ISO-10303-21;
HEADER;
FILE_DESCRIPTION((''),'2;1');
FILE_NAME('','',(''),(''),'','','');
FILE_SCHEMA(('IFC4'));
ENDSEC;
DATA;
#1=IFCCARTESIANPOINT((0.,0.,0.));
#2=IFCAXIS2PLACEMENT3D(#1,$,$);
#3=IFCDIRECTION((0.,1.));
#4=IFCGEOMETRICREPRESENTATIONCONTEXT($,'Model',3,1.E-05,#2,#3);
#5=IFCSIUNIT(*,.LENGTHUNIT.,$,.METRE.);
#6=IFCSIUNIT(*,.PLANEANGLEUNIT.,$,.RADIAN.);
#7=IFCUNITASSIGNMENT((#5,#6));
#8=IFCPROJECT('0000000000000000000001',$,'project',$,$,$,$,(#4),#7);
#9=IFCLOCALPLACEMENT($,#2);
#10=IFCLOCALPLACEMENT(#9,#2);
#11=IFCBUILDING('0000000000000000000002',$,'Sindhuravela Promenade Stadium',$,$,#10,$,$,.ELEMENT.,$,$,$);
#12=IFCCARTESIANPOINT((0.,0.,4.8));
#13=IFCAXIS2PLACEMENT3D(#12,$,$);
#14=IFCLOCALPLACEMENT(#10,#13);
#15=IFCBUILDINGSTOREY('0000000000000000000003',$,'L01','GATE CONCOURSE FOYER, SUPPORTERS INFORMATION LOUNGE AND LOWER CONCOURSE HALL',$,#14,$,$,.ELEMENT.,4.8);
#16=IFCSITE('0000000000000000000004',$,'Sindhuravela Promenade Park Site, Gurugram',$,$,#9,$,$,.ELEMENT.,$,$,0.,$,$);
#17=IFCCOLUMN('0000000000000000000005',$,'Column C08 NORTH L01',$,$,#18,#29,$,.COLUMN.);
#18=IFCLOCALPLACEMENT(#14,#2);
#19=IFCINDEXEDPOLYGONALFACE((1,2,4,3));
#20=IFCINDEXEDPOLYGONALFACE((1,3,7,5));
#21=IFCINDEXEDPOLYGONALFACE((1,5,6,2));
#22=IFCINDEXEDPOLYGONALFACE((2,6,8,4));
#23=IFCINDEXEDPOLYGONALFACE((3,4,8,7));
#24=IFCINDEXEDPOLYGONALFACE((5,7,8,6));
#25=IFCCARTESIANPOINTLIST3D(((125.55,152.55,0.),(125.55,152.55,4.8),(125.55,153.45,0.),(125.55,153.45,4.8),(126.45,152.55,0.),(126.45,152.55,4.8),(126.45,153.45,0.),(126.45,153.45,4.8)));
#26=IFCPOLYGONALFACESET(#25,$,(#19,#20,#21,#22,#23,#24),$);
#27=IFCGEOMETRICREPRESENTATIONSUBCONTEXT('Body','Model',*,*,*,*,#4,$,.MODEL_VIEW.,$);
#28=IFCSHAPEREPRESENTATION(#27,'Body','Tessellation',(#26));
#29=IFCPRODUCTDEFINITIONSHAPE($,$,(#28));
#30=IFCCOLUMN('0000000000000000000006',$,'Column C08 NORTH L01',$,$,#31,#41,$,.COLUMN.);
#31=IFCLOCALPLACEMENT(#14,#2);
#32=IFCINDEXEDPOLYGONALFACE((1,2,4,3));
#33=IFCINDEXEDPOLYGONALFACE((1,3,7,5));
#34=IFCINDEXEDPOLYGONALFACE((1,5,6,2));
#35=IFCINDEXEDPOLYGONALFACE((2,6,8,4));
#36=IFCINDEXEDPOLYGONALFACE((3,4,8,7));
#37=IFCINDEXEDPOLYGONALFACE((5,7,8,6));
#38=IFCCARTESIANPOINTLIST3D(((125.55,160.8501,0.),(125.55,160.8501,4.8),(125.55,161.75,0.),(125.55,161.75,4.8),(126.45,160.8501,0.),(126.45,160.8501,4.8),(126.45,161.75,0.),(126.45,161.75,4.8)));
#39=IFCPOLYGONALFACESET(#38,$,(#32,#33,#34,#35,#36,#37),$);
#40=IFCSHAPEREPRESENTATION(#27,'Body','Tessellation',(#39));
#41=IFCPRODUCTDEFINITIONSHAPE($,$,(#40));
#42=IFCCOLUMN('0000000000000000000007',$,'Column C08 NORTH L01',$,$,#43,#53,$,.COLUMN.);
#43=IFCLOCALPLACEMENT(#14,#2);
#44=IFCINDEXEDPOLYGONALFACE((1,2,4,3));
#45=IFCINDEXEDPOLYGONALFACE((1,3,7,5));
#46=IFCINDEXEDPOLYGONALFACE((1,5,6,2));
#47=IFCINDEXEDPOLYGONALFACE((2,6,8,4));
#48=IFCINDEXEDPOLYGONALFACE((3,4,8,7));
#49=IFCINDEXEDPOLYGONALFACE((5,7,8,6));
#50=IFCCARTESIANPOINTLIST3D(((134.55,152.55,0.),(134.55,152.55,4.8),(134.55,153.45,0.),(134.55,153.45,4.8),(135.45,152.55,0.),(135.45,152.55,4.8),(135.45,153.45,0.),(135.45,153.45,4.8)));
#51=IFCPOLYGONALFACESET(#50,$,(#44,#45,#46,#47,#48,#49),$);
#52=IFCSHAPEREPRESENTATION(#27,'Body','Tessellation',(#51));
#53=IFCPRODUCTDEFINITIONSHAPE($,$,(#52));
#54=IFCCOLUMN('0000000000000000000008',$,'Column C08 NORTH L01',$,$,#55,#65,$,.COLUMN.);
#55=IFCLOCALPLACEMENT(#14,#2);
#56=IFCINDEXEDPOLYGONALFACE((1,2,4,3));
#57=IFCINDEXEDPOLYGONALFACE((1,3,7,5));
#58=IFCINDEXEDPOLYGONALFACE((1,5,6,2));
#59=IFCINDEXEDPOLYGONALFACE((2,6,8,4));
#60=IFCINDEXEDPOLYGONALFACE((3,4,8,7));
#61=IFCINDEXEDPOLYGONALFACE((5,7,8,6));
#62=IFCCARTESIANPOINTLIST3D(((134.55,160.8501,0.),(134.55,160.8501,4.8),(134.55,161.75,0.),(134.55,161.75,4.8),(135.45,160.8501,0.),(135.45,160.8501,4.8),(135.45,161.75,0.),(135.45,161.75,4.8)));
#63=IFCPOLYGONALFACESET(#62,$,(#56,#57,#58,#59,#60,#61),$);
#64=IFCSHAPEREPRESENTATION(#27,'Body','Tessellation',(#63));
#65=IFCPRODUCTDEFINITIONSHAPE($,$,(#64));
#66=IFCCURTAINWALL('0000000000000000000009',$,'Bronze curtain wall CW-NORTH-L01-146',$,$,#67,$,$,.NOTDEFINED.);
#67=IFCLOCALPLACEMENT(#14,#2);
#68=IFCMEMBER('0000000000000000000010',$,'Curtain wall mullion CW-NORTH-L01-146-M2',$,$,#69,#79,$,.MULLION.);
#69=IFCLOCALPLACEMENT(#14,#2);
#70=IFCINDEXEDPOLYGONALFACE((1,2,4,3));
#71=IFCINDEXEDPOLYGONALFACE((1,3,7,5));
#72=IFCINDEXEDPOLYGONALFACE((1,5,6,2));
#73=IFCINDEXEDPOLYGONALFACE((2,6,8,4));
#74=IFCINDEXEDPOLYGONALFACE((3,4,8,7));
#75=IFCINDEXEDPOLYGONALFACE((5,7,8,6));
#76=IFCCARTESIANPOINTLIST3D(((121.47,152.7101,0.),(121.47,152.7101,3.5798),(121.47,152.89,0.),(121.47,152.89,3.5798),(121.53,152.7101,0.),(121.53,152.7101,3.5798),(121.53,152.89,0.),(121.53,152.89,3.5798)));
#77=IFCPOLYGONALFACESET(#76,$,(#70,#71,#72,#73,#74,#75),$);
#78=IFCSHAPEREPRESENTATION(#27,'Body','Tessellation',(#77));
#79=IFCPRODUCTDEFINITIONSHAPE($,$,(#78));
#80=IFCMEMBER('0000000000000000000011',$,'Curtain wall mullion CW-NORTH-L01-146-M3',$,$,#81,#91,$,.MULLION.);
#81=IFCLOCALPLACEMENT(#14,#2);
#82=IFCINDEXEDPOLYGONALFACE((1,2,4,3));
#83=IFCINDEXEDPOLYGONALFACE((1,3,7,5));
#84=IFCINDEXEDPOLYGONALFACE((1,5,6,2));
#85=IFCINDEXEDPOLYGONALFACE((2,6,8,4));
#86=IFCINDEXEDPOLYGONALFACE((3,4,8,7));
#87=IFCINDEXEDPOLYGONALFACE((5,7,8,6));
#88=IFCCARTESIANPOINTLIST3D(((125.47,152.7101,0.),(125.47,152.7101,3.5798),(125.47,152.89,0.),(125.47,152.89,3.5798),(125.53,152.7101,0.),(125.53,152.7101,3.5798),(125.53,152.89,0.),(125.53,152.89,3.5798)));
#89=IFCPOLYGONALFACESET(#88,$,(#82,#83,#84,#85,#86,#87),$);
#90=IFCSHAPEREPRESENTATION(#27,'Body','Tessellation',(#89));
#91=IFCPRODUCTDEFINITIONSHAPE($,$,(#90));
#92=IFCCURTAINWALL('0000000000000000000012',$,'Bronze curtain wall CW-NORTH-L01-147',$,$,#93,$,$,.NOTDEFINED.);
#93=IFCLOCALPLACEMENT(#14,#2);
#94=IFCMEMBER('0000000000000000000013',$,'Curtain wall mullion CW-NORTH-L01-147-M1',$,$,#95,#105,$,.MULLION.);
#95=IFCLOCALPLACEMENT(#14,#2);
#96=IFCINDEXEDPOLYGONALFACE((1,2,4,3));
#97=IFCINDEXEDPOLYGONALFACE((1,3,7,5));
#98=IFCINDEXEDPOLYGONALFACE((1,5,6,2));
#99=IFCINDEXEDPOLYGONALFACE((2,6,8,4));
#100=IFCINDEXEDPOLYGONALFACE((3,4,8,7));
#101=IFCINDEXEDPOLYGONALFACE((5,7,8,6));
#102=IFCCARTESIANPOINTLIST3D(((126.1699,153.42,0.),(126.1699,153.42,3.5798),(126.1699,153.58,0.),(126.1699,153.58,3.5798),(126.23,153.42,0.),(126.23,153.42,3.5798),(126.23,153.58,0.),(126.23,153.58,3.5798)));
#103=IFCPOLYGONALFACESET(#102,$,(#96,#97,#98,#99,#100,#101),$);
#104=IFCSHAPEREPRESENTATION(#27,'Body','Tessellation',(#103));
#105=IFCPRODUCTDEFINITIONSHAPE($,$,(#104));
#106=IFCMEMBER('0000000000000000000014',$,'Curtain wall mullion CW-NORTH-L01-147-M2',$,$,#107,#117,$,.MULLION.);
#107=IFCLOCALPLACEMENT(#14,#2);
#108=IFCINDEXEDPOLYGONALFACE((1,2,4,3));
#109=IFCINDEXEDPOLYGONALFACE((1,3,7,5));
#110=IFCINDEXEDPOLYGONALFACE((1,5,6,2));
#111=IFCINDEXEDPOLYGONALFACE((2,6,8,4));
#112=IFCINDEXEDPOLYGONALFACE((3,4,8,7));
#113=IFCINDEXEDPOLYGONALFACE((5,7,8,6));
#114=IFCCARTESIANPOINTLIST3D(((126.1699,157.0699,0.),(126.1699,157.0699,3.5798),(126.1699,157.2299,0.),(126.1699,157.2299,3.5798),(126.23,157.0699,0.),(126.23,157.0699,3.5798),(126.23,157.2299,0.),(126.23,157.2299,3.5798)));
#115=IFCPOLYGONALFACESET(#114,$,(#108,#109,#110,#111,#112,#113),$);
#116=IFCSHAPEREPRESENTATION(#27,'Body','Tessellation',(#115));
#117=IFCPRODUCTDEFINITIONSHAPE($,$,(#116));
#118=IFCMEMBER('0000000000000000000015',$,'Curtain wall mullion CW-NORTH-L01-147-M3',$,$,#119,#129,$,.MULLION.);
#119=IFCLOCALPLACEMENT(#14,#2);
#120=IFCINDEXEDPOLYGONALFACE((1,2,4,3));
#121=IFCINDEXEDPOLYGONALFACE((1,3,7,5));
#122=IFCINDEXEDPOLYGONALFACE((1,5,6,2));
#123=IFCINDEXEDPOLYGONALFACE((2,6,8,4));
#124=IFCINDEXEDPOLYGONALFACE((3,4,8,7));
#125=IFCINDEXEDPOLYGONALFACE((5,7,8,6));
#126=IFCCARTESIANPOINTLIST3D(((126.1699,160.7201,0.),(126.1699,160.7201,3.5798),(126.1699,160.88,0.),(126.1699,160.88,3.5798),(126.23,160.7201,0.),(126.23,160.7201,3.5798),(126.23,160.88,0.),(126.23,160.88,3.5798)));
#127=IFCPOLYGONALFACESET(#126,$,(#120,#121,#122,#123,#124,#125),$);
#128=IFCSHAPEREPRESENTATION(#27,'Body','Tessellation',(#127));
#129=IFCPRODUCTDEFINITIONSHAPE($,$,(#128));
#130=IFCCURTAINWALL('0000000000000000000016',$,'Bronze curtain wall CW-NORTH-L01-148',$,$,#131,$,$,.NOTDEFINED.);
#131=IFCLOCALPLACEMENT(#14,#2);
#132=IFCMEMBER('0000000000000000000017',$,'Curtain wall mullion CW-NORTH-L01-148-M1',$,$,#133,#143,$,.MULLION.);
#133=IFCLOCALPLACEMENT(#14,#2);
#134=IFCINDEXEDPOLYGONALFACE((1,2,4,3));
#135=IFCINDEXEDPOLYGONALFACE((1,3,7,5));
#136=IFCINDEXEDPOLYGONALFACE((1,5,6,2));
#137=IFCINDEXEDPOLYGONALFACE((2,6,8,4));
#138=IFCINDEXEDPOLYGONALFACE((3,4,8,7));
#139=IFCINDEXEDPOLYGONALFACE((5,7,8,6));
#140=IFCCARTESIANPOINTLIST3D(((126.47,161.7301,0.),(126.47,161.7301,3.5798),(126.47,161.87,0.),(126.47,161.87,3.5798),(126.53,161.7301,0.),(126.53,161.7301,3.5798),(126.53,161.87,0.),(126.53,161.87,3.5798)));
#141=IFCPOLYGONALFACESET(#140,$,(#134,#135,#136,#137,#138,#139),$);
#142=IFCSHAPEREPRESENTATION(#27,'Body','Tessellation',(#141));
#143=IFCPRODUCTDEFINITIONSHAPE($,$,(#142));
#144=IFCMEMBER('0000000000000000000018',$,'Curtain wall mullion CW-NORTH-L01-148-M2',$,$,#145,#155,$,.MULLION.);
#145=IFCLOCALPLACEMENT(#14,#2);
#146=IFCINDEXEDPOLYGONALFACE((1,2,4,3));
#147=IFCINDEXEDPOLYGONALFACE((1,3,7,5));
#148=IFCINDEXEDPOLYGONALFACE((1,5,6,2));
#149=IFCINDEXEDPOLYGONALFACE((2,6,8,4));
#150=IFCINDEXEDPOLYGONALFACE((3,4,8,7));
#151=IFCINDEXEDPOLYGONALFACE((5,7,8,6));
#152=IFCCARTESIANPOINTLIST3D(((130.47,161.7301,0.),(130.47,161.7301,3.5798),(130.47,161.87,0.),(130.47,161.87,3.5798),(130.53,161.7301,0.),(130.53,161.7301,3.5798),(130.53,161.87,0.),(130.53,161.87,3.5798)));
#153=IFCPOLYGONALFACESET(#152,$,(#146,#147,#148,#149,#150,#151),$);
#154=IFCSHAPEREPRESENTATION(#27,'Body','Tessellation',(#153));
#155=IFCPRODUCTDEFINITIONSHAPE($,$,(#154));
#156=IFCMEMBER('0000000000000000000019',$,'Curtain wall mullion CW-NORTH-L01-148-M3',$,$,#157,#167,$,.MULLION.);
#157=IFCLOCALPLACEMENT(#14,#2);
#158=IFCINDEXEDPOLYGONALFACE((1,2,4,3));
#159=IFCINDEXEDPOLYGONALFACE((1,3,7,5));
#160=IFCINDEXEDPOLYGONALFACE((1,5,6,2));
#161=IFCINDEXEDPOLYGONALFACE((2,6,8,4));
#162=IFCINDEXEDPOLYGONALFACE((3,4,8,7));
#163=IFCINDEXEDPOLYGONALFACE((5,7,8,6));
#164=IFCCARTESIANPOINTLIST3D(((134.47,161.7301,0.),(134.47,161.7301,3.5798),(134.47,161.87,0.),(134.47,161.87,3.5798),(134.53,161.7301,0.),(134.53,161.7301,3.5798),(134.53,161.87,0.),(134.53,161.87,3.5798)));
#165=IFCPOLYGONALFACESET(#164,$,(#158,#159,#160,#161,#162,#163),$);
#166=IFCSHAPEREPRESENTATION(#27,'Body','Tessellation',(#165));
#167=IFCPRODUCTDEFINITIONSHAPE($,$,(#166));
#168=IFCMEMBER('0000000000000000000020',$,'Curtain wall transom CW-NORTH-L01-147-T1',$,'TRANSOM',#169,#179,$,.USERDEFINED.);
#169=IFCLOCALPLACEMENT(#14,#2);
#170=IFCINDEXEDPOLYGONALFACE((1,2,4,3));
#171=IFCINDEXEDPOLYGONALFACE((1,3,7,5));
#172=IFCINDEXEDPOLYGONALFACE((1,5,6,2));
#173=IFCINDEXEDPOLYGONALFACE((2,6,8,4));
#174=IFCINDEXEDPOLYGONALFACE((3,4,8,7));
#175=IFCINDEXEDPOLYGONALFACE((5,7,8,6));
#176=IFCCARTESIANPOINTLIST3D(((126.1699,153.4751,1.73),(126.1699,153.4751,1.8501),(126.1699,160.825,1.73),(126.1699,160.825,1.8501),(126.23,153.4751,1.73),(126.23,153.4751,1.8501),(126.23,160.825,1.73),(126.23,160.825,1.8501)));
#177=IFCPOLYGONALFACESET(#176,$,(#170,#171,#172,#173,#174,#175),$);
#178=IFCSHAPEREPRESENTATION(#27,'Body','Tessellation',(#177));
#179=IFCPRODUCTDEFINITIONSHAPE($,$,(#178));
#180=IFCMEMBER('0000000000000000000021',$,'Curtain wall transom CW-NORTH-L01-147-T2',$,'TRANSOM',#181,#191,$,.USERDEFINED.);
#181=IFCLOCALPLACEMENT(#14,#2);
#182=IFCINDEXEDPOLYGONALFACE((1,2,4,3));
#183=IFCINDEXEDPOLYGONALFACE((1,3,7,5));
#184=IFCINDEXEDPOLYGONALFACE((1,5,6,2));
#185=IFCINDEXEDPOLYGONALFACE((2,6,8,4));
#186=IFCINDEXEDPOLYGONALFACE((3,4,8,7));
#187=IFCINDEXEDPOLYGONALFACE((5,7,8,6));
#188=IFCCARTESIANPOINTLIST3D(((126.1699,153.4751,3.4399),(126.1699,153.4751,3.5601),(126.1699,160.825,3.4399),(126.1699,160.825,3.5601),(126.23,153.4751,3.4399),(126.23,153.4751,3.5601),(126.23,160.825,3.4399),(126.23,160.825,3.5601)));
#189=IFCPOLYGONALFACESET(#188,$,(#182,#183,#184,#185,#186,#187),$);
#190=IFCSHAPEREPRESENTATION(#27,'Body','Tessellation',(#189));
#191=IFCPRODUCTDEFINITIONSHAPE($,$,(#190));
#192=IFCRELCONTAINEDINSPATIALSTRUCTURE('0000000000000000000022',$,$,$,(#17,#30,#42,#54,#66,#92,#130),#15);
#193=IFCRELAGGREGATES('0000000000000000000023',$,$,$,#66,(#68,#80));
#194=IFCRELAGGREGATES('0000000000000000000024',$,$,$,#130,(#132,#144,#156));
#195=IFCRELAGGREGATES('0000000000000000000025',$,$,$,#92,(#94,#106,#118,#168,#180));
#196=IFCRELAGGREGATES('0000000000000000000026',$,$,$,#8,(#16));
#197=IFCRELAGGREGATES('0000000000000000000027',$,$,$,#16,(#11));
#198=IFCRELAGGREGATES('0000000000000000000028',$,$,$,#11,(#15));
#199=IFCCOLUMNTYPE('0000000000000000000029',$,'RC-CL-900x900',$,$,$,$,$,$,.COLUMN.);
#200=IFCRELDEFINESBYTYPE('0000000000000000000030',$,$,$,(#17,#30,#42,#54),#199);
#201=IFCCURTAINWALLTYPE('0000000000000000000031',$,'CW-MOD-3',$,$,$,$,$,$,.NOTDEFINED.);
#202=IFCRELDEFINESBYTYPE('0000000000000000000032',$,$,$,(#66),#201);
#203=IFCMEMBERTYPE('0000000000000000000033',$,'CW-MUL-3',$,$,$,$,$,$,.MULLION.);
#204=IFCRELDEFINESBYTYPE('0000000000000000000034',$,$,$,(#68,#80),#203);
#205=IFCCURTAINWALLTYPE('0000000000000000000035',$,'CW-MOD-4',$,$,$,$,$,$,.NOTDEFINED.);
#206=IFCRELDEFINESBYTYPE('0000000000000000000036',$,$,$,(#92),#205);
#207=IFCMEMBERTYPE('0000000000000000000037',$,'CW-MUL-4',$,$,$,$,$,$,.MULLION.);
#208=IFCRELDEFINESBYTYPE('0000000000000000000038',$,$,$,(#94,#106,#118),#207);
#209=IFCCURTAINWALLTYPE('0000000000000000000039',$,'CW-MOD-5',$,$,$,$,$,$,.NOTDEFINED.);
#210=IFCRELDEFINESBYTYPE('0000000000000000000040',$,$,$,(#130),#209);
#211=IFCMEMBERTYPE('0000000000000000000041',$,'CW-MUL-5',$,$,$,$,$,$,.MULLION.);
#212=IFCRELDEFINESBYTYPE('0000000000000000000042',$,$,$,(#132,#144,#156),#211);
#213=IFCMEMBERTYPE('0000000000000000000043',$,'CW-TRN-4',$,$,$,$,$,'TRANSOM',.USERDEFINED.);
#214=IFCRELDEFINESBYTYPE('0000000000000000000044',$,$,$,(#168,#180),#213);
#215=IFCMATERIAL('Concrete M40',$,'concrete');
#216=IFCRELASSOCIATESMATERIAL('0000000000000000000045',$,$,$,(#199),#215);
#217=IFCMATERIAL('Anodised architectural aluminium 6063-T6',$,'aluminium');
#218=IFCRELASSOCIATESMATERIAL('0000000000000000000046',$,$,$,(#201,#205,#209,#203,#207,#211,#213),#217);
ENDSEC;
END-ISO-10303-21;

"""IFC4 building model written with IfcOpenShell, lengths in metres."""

from ifc_helpers import new_model, si_unit, direction, frame, origin, origin_2d, place, context, subcontext, project, spatial, rectangle, extrude, material, material_profile, profile_set, type_object, element, aggregate, save


model = new_model("IFC4")

# Units and contexts
model_context = context("Model", 3, precision=1e-05, world=origin(), true_north=direction((0.0, 1.0)))
body_context = subcontext(model_context, "Body", "Model", "MODEL_VIEW")
ifc_project = project(units=[si_unit("LENGTHUNIT", "METRE"), si_unit("PLANEANGLEUNIT", "RADIAN")], contexts=[model_context])

# Site, building, storey
site_placement = place(None, origin())
site = spatial("IfcSite", under=ifc_project, at=site_placement, Name="Sindhuravela Promenade Park Site, Gurugram", CompositionType="ELEMENT", RefElevation=0.0)
building_placement = place(site_placement, origin())
building = spatial("IfcBuilding", under=site, at=building_placement, Name="Sindhuravela Promenade Stadium", CompositionType="ELEMENT")
storey_placement = place(building_placement, frame((0.0, 0.0, 4.8)))
storey = spatial("IfcBuildingStorey", under=building, at=storey_placement, Name="L01", Description="GATE CONCOURSE FOYER, SUPPORTERS INFORMATION LOUNGE AND LOWER CONCOURSE HALL", CompositionType="ELEMENT", Elevation=4.8)

# Columns
ifc_material_1 = material(Name="Concrete M40", Category="concrete")
ifc_material_profile_1 = material_profile(ifc_material_1, rectangle(XDim=0.8999, YDim=0.8999, at=origin_2d()), Name="RC 900x900")
ifc_profile_set_1 = profile_set([ifc_material_profile_1], Name="Concrete M40")
column_type = type_object("IfcColumnType", Name="RC-CL-900x900", PredefinedType="COLUMN", material=ifc_profile_set_1)
for number, where, z_axis, x_axis, name in (
    (1, (126.0, 153.0, 0.0), (0.0, 0.0, 1.0), (1.0, 0.0, 0.0), "Column C08 NORTH L01"),
    (2, (126.0, 161.3, 0.0), (0.0, 0.0, 1.0), (1.0, 0.0, 0.0), "Column C08 NORTH L01"),
    (3, (135.0, 153.0, 0.0), (0.0, 0.0, 1.0), (1.0, 0.0, 0.0), "Column C08 NORTH L01"),
    (4, (135.0, 161.3, 0.0), (0.0, 0.0, 1.0), (1.0, 0.0, 0.0), "Column C08 NORTH L01"),
):
    element("IfcColumn", number, at=place(storey_placement, frame(where, z_axis=z_axis, x_axis=x_axis)), inside=storey, type_object=column_type, Name=name, PredefinedType="COLUMN", context=body_context, shape_type="SweptSolid", body=[
        extrude(rectangle(XDim=0.8999, YDim=0.8999, at=origin_2d()), origin(), (0.0, 0.0, 1.0), 4.8),
    ])

# Curtain walls, members
ifc_material_2 = material(Name="Anodised architectural aluminium 6063-T6", Category="aluminium")
curtain_wall_type_1 = type_object("IfcCurtainWallType", Name="CW-MOD-3", PredefinedType="NOTDEFINED", material=ifc_material_2)
curtain_wall_1_placement = place(storey_placement, origin())
curtain_wall_1 = element("IfcCurtainWall", 5, at=curtain_wall_1_placement, inside=storey, type_object=curtain_wall_type_1, Name="Bronze curtain wall CW-NORTH-L01-146", PredefinedType="NOTDEFINED")
ifc_material_profile_2 = material_profile(ifc_material_2, rectangle(XDim=0.0601, YDim=0.1799, at=origin_2d()), Name="ALU M60x180")
ifc_profile_set_2 = profile_set([ifc_material_profile_2], Name="Anodised architectural aluminium 6063-T6")
member_type_1 = type_object("IfcMemberType", Name="CW-MUL-3", PredefinedType="MULLION", material=ifc_profile_set_2)
member_1_placement = place(storey_placement, frame((121.5, 152.8, 0.0), z_axis=(0.0, 0.0, 1.0), x_axis=(1.0, 0.0, 0.0)))
member_1 = element("IfcMember", 6, at=member_1_placement, type_object=member_type_1, Name="Curtain wall mullion CW-NORTH-L01-146-M2", PredefinedType="MULLION", context=body_context, shape_type="SweptSolid", body=[
    extrude(rectangle(XDim=0.0601, YDim=0.1799, at=origin_2d()), origin(), (0.0, 0.0, 1.0), 3.5798),
])
member_2_placement = place(storey_placement, frame((125.5, 152.8, 0.0), z_axis=(0.0, 0.0, 1.0), x_axis=(1.0, 0.0, 0.0)))
member_2 = element("IfcMember", 7, at=member_2_placement, type_object=member_type_1, Name="Curtain wall mullion CW-NORTH-L01-146-M3", PredefinedType="MULLION", context=body_context, shape_type="SweptSolid", body=[
    extrude(rectangle(XDim=0.0601, YDim=0.1799, at=origin_2d()), origin(), (0.0, 0.0, 1.0), 3.5798),
])
curtain_wall_type_2 = type_object("IfcCurtainWallType", Name="CW-MOD-4", PredefinedType="NOTDEFINED", material=ifc_material_2)
curtain_wall_2_placement = place(storey_placement, origin())
curtain_wall_2 = element("IfcCurtainWall", 8, at=curtain_wall_2_placement, inside=storey, type_object=curtain_wall_type_2, Name="Bronze curtain wall CW-NORTH-L01-147", PredefinedType="NOTDEFINED")
ifc_material_profile_3 = material_profile(ifc_material_2, rectangle(XDim=0.0601, YDim=0.1599, at=origin_2d()), Name="ALU M60x160")
ifc_profile_set_3 = profile_set([ifc_material_profile_3], Name="Anodised architectural aluminium 6063-T6")
member_type_2 = type_object("IfcMemberType", Name="CW-MUL-4", PredefinedType="MULLION", material=ifc_profile_set_3)
member_3_placement = place(storey_placement, frame((126.2, 153.5, 0.0), z_axis=(0.0, 0.0, 1.0), x_axis=(1.0, 0.0, 0.0)))
member_3 = element("IfcMember", 9, at=member_3_placement, type_object=member_type_2, Name="Curtain wall mullion CW-NORTH-L01-147-M1", PredefinedType="MULLION", context=body_context, shape_type="SweptSolid", body=[
    extrude(rectangle(XDim=0.0601, YDim=0.1599, at=origin_2d()), origin(), (0.0, 0.0, 1.0), 3.5798),
])
member_4_placement = place(storey_placement, frame((126.2, 157.1499, 0.0), z_axis=(0.0, 0.0, 1.0), x_axis=(1.0, 0.0, 0.0)))
member_4 = element("IfcMember", 10, at=member_4_placement, type_object=member_type_2, Name="Curtain wall mullion CW-NORTH-L01-147-M2", PredefinedType="MULLION", context=body_context, shape_type="SweptSolid", body=[
    extrude(rectangle(XDim=0.0601, YDim=0.1599, at=origin_2d()), origin(), (0.0, 0.0, 1.0), 3.5798),
])
member_5_placement = place(storey_placement, frame((126.2, 160.8, 0.0), z_axis=(0.0, 0.0, 1.0), x_axis=(1.0, 0.0, 0.0)))
member_5 = element("IfcMember", 11, at=member_5_placement, type_object=member_type_2, Name="Curtain wall mullion CW-NORTH-L01-147-M3", PredefinedType="MULLION", context=body_context, shape_type="SweptSolid", body=[
    extrude(rectangle(XDim=0.0601, YDim=0.1599, at=origin_2d()), origin(), (0.0, 0.0, 1.0), 3.5798),
])
curtain_wall_type_3 = type_object("IfcCurtainWallType", Name="CW-MOD-5", PredefinedType="NOTDEFINED", material=ifc_material_2)
curtain_wall_3_placement = place(storey_placement, origin())
curtain_wall_3 = element("IfcCurtainWall", 12, at=curtain_wall_3_placement, inside=storey, type_object=curtain_wall_type_3, Name="Bronze curtain wall CW-NORTH-L01-148", PredefinedType="NOTDEFINED")
ifc_material_profile_4 = material_profile(ifc_material_2, rectangle(XDim=0.0601, YDim=0.1399, at=origin_2d()), Name="ALU M60x140")
ifc_profile_set_4 = profile_set([ifc_material_profile_4], Name="Anodised architectural aluminium 6063-T6")
member_type_3 = type_object("IfcMemberType", Name="CW-MUL-5", PredefinedType="MULLION", material=ifc_profile_set_4)
member_6_placement = place(storey_placement, frame((126.5, 161.8, 0.0), z_axis=(0.0, 0.0, 1.0), x_axis=(1.0, 0.0, 0.0)))
member_6 = element("IfcMember", 13, at=member_6_placement, type_object=member_type_3, Name="Curtain wall mullion CW-NORTH-L01-148-M1", PredefinedType="MULLION", context=body_context, shape_type="SweptSolid", body=[
    extrude(rectangle(XDim=0.0601, YDim=0.1399, at=origin_2d()), origin(), (0.0, 0.0, 1.0), 3.5798),
])
member_7_placement = place(storey_placement, frame((130.5, 161.8, 0.0), z_axis=(0.0, 0.0, 1.0), x_axis=(1.0, 0.0, 0.0)))
member_7 = element("IfcMember", 14, at=member_7_placement, type_object=member_type_3, Name="Curtain wall mullion CW-NORTH-L01-148-M2", PredefinedType="MULLION", context=body_context, shape_type="SweptSolid", body=[
    extrude(rectangle(XDim=0.0601, YDim=0.1399, at=origin_2d()), origin(), (0.0, 0.0, 1.0), 3.5798),
])
member_8_placement = place(storey_placement, frame((134.5, 161.8, 0.0), z_axis=(0.0, 0.0, 1.0), x_axis=(1.0, 0.0, 0.0)))
member_8 = element("IfcMember", 15, at=member_8_placement, type_object=member_type_3, Name="Curtain wall mullion CW-NORTH-L01-148-M3", PredefinedType="MULLION", context=body_context, shape_type="SweptSolid", body=[
    extrude(rectangle(XDim=0.0601, YDim=0.1399, at=origin_2d()), origin(), (0.0, 0.0, 1.0), 3.5798),
])

# Members
ifc_material_profile_5 = material_profile(ifc_material_2, rectangle(XDim=0.0601, YDim=0.1201, at=origin_2d()), Name="ALU T60x120")
ifc_profile_set_5 = profile_set([ifc_material_profile_5], Name="Anodised architectural aluminium 6063-T6")
member_type_4 = type_object("IfcMemberType", Name="CW-TRN-4", ElementType="TRANSOM", PredefinedType="USERDEFINED", material=ifc_profile_set_5)
member_9_placement = place(storey_placement, frame((126.2, 153.4751, 1.79), z_axis=(0.0, 1.0, 0.0), x_axis=(-1.0, 0.0, 0.0)))
member_9 = element("IfcMember", 16, at=member_9_placement, type_object=member_type_4, Name="Curtain wall transom CW-NORTH-L01-147-T1", ObjectType="TRANSOM", PredefinedType="USERDEFINED", context=body_context, shape_type="SweptSolid", body=[
    extrude(rectangle(XDim=0.0601, YDim=0.1201, at=origin_2d()), origin(), (0.0, 0.0, 1.0), 7.3499),
])
member_10_placement = place(storey_placement, frame((126.2, 153.4751, 3.5), z_axis=(0.0, 1.0, 0.0), x_axis=(-1.0, 0.0, 0.0)))
member_10 = element("IfcMember", 17, at=member_10_placement, type_object=member_type_4, Name="Curtain wall transom CW-NORTH-L01-147-T2", ObjectType="TRANSOM", PredefinedType="USERDEFINED", context=body_context, shape_type="SweptSolid", body=[
    extrude(rectangle(XDim=0.0601, YDim=0.1201, at=origin_2d()), origin(), (0.0, 0.0, 1.0), 7.3499),
])

aggregate(curtain_wall_1, [member_1, member_2])
aggregate(curtain_wall_3, [member_6, member_7, member_8])
aggregate(curtain_wall_2, [member_3, member_4, member_5, member_9, member_10])

save(model, "model.ifc")
